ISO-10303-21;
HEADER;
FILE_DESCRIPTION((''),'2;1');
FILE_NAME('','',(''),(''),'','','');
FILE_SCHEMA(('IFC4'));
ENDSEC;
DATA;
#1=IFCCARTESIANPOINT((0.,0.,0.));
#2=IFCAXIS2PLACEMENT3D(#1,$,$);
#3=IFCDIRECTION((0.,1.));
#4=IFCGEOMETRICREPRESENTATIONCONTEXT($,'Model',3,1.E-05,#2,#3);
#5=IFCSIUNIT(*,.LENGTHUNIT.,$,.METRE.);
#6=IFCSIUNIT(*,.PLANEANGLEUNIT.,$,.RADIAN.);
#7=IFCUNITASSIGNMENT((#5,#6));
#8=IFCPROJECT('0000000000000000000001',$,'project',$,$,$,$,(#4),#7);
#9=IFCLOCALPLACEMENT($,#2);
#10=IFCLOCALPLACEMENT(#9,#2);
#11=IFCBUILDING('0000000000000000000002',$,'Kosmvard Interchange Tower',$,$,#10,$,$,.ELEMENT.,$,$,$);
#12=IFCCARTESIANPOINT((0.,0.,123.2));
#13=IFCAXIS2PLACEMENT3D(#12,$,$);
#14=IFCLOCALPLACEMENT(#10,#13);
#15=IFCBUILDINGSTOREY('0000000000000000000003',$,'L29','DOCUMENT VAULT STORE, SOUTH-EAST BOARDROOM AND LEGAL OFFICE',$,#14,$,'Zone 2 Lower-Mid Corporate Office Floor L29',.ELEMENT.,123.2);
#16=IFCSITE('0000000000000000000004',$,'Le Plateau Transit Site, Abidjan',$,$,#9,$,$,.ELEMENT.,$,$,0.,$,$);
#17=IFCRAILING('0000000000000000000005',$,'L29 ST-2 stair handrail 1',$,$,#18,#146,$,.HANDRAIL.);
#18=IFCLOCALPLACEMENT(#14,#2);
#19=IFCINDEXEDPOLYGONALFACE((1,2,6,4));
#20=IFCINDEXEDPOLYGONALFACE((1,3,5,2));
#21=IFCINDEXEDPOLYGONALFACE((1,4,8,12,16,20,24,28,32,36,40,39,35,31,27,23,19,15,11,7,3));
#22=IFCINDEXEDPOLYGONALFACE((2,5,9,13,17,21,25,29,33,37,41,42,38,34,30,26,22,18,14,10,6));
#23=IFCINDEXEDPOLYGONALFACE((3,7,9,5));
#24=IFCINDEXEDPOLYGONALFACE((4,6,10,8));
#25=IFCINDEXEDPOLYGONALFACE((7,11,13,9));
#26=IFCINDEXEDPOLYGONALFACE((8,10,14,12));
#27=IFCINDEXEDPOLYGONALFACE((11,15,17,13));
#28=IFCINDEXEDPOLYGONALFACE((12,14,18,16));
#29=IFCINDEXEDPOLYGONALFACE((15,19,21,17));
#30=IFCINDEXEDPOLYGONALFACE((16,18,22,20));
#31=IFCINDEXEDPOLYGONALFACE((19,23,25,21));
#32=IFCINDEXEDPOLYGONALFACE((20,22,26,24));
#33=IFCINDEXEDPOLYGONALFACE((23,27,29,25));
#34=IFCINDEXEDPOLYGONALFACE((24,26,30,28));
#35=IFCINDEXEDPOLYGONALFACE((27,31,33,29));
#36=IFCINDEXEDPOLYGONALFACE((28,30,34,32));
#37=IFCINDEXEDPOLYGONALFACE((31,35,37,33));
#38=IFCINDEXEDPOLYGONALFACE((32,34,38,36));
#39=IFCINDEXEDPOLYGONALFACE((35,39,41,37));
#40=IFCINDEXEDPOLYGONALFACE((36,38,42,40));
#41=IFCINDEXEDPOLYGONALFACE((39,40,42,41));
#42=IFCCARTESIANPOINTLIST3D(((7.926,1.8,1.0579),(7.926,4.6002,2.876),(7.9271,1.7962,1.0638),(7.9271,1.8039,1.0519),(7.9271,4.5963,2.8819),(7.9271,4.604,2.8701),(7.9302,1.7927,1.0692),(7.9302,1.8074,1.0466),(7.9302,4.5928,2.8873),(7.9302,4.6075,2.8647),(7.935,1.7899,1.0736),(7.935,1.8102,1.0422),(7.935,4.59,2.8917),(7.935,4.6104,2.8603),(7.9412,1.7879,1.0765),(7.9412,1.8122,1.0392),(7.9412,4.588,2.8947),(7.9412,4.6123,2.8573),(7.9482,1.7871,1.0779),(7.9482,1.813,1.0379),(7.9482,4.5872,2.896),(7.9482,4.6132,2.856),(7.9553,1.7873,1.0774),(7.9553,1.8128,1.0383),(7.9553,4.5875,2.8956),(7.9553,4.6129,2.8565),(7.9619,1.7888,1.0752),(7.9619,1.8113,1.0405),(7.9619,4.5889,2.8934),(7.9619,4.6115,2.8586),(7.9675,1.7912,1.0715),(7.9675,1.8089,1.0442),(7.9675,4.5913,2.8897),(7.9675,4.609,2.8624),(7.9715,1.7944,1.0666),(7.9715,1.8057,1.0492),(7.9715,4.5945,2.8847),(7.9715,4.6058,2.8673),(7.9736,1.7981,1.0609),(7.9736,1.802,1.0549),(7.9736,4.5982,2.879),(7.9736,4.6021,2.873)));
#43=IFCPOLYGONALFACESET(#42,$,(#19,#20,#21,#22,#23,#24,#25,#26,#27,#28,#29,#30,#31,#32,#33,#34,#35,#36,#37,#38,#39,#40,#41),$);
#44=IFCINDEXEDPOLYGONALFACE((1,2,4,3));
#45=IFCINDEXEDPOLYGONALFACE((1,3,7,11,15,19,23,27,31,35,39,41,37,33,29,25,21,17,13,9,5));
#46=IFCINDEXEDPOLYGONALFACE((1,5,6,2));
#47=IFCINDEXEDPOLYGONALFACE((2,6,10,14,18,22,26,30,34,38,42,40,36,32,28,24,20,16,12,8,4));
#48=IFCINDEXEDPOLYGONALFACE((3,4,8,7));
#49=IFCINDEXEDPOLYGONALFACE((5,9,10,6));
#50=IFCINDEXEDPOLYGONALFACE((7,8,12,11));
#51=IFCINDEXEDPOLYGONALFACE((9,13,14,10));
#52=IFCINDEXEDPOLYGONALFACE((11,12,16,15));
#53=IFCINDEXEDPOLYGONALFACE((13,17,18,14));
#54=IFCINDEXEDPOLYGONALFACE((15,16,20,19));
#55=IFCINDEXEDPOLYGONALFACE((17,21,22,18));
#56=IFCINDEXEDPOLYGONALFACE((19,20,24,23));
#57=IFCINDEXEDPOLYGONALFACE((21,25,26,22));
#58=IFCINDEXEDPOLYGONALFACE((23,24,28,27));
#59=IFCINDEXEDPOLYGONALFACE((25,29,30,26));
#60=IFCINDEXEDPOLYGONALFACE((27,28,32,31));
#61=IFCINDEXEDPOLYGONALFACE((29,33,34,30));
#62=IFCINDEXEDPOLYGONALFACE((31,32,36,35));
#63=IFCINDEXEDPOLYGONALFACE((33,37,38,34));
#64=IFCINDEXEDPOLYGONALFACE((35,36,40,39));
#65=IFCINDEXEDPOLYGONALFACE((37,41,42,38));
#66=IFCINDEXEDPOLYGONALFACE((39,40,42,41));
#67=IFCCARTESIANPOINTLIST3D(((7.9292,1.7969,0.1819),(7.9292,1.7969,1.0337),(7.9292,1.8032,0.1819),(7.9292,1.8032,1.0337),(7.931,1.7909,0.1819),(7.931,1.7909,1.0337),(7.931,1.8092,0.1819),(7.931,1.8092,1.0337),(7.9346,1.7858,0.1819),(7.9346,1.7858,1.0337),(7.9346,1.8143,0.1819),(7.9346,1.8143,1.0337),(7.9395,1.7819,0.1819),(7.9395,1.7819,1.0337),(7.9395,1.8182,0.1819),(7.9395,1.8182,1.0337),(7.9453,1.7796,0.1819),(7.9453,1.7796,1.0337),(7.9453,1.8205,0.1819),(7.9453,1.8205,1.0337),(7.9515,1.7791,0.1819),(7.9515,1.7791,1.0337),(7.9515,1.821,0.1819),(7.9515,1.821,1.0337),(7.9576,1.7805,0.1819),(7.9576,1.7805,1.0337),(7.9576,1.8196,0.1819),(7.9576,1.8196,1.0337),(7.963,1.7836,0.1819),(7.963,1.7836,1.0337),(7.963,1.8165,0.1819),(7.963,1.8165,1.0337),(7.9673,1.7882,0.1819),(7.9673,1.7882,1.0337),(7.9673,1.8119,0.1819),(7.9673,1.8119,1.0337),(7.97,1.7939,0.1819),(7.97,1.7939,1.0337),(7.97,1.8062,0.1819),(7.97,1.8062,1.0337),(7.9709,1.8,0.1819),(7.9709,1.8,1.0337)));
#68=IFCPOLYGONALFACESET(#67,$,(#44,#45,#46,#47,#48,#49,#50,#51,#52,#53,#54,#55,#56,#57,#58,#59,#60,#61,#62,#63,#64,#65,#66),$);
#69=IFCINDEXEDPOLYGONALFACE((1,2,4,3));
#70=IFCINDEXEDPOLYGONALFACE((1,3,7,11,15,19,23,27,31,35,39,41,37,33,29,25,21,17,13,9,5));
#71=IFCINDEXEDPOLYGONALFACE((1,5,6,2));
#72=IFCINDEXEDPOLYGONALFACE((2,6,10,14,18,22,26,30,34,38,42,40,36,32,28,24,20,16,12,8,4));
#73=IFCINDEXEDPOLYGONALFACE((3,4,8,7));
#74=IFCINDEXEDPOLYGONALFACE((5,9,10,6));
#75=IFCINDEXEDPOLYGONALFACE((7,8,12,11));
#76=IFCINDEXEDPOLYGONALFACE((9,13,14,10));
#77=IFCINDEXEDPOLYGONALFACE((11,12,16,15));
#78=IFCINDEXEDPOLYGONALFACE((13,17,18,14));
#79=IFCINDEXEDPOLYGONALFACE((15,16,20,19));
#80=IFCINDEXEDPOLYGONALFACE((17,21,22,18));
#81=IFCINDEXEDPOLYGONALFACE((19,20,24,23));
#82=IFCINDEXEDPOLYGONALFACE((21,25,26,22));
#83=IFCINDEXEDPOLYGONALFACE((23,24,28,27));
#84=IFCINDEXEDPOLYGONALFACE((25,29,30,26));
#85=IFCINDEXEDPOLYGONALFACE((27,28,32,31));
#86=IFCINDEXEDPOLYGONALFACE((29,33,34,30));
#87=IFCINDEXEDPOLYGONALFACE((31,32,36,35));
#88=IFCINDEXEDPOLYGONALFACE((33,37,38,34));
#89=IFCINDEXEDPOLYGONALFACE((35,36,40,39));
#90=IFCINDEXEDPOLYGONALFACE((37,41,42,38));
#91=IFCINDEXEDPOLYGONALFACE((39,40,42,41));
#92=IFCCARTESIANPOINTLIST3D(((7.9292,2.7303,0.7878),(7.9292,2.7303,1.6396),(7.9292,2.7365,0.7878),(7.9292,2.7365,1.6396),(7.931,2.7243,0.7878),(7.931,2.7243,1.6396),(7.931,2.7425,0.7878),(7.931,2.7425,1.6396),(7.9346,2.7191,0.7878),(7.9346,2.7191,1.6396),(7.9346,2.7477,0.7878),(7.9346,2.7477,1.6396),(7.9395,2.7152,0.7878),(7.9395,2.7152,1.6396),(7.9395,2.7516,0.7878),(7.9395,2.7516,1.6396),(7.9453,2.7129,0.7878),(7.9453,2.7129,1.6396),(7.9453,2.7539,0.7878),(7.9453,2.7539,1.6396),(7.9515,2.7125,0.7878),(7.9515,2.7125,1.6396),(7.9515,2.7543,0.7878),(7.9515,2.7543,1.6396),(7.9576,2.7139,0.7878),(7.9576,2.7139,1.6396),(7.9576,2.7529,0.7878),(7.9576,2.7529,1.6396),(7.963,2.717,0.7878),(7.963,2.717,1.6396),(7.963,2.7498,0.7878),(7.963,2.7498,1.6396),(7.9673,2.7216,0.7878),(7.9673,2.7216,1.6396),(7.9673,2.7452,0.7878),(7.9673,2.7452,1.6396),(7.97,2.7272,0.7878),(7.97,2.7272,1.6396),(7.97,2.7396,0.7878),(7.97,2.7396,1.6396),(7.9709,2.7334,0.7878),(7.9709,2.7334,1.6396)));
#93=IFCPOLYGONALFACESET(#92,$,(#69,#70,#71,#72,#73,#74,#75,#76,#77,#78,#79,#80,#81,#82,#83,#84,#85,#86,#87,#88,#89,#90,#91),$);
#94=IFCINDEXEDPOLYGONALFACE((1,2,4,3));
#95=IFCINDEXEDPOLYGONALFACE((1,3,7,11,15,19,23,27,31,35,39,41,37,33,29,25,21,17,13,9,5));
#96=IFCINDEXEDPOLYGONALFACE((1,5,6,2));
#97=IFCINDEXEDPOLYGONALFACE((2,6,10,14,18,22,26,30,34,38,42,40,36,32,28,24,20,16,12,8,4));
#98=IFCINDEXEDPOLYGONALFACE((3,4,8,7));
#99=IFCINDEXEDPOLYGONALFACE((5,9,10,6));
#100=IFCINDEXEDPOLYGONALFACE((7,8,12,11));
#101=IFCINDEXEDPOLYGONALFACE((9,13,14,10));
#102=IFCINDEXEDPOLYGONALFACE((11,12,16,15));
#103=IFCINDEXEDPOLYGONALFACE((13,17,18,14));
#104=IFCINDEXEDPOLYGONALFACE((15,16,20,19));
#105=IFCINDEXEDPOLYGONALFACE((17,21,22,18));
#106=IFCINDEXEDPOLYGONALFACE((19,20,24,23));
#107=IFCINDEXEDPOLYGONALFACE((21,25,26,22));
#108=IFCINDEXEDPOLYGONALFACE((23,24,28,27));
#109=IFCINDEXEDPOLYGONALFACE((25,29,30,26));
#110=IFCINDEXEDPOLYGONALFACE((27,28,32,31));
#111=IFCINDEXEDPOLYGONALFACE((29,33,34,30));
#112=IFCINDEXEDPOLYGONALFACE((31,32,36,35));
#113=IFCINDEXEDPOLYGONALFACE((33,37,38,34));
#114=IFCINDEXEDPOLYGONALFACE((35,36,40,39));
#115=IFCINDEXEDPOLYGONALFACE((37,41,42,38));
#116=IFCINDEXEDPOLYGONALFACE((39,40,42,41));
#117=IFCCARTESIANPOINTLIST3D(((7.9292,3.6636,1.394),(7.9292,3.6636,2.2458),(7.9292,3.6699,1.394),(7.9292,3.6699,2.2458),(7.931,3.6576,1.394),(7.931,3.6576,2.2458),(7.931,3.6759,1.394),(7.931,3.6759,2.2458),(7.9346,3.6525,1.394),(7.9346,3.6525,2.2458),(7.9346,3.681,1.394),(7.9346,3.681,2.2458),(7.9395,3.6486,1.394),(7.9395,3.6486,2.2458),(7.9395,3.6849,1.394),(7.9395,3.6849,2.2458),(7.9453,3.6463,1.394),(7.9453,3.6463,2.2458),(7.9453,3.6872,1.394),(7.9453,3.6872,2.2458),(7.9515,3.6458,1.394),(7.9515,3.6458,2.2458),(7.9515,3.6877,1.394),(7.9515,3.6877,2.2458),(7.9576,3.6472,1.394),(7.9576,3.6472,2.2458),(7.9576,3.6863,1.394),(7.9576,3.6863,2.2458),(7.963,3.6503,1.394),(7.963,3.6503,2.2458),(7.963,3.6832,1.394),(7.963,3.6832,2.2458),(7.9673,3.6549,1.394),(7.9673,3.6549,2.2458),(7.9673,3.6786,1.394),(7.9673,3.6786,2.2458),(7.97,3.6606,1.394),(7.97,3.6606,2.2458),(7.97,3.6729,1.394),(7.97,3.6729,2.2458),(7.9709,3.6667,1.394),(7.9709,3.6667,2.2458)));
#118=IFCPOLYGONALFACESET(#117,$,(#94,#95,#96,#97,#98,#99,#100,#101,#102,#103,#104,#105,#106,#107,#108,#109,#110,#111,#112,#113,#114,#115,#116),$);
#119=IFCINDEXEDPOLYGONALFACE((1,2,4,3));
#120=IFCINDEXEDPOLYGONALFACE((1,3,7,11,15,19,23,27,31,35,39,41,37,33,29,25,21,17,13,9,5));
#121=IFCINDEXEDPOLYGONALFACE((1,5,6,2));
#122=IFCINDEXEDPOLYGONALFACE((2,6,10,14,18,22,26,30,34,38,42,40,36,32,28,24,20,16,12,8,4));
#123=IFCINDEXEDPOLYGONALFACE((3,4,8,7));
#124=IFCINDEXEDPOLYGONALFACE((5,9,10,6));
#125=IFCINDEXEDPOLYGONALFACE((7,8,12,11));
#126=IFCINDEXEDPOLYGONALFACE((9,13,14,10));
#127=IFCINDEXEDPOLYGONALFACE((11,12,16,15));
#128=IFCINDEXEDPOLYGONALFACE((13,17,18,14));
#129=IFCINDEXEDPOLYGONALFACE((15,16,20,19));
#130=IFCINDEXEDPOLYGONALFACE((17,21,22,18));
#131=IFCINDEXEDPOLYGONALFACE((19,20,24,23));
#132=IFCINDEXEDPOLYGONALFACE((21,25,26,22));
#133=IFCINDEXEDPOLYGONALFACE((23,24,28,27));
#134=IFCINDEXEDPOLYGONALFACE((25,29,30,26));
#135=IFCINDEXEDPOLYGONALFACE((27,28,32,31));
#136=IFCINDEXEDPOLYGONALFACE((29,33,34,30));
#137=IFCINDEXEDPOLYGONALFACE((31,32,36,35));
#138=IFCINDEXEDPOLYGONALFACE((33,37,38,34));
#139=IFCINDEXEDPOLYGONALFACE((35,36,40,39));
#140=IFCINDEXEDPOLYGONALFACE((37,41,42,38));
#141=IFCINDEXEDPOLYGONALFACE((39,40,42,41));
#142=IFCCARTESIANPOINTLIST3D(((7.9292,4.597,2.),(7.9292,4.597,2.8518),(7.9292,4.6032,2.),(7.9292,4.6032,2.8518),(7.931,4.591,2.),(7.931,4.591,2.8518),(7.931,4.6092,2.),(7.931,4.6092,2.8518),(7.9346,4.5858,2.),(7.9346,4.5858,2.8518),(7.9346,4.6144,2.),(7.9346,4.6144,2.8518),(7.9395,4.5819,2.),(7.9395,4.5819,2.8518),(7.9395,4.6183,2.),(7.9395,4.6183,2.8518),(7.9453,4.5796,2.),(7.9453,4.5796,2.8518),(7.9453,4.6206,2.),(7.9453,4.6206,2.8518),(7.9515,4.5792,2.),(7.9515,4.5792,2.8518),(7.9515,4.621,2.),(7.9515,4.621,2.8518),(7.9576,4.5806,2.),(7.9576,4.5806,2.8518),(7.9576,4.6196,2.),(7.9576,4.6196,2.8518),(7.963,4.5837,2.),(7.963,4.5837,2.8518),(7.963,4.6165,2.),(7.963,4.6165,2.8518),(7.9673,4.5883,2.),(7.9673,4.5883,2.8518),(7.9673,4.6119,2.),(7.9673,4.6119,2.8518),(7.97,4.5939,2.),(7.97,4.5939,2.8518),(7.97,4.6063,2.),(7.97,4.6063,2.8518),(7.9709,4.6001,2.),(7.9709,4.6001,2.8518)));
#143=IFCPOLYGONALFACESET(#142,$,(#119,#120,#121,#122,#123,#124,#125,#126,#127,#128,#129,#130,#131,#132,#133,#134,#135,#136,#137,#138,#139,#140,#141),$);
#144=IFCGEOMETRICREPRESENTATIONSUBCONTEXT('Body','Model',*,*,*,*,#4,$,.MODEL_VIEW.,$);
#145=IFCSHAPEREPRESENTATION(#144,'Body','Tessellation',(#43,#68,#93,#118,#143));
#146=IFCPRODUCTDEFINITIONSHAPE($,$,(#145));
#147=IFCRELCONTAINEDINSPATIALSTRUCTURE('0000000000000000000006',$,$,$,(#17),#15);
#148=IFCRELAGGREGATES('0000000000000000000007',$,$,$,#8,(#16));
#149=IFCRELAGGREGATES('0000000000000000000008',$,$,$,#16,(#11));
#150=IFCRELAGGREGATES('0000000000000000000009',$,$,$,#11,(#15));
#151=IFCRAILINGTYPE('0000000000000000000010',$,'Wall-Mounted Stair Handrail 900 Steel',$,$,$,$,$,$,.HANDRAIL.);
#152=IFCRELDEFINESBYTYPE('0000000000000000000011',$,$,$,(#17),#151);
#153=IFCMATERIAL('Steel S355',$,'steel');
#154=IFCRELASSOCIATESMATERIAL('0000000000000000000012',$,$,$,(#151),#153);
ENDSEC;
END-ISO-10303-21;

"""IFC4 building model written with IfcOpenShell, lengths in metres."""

from ifc_helpers import new_model, si_unit, direction, frame, origin, origin_2d, place, context, subcontext, project, spatial, circle, extrude, source, transform, mapped, material, type_object, element, save


model = new_model("IFC4")

# Units and contexts
model_context = context("Model", 3, precision=1e-05, world=origin(), true_north=direction((0.0, 1.0)))
body_context = subcontext(model_context, "Body", "Model", "MODEL_VIEW")
ifc_project = project(units=[si_unit("LENGTHUNIT", "METRE"), si_unit("PLANEANGLEUNIT", "RADIAN")], contexts=[model_context])

# Site, building, storey
site_placement = place(None, origin())
site = spatial("IfcSite", under=ifc_project, at=site_placement, Name="Le Plateau Transit Site, Abidjan", CompositionType="ELEMENT", RefElevation=0.0)
building_placement = place(site_placement, origin())
building = spatial("IfcBuilding", under=site, at=building_placement, Name="Kosmvard Interchange Tower", CompositionType="ELEMENT")
storey_placement = place(building_placement, frame((0.0, 0.0, 123.2)))
storey = spatial("IfcBuildingStorey", under=building, at=storey_placement, Name="L29", Description="DOCUMENT VAULT STORE, SOUTH-EAST BOARDROOM AND LEGAL OFFICE", LongName="Zone 2 Lower-Mid Corporate Office Floor L29", CompositionType="ELEMENT", Elevation=123.2)

# Shared definitions
ifc_material_1 = material(Name="Steel S355", Category="steel")

# Railing
railing_type_1 = type_object("IfcRailingType", Name="Wall-Mounted Stair Handrail 900 Steel", PredefinedType="HANDRAIL", material=ifc_material_1)
shared_shape_1 = source(origin(), body_context, "Body", "SweptSolid", [
    extrude(circle(Radius=0.0239, at=origin_2d()), frame((0.0, 0.0, 0.876), z_axis=(0.0, 0.838706, 0.544585), x_axis=(-1.0, 0.0, 0.0)), (0.0, 0.0, 1.0), 3.3386),
    extrude(circle(Radius=0.021, at=origin_2d()), origin(), (0.0, 0.0, 1.0), 0.8518),
    extrude(circle(Radius=0.021, at=origin_2d()), frame((0.0, 0.9333, 0.606)), (0.0, 0.0, 1.0), 0.8518),
    extrude(circle(Radius=0.021, at=origin_2d()), frame((0.0, 1.8667, 1.2122)), (0.0, 0.0, 1.0), 0.8518),
    extrude(circle(Radius=0.021, at=origin_2d()), frame((0.0, 2.8, 1.8181)), (0.0, 0.0, 1.0), 0.8518),
])
railing_1_placement = place(storey_placement, frame((7.95, 1.8, 0.1819)))
element("IfcRailing", 1, at=railing_1_placement, inside=storey, type_object=railing_type_1, Name="L29 ST-2 stair handrail 1", PredefinedType="HANDRAIL", context=body_context, shape_type="MappedRepresentation", body=[
    mapped(shared_shape_1, transform((0.0, 0.0, 0.0), scale=1.0)),
])

save(model, "model.ifc")
